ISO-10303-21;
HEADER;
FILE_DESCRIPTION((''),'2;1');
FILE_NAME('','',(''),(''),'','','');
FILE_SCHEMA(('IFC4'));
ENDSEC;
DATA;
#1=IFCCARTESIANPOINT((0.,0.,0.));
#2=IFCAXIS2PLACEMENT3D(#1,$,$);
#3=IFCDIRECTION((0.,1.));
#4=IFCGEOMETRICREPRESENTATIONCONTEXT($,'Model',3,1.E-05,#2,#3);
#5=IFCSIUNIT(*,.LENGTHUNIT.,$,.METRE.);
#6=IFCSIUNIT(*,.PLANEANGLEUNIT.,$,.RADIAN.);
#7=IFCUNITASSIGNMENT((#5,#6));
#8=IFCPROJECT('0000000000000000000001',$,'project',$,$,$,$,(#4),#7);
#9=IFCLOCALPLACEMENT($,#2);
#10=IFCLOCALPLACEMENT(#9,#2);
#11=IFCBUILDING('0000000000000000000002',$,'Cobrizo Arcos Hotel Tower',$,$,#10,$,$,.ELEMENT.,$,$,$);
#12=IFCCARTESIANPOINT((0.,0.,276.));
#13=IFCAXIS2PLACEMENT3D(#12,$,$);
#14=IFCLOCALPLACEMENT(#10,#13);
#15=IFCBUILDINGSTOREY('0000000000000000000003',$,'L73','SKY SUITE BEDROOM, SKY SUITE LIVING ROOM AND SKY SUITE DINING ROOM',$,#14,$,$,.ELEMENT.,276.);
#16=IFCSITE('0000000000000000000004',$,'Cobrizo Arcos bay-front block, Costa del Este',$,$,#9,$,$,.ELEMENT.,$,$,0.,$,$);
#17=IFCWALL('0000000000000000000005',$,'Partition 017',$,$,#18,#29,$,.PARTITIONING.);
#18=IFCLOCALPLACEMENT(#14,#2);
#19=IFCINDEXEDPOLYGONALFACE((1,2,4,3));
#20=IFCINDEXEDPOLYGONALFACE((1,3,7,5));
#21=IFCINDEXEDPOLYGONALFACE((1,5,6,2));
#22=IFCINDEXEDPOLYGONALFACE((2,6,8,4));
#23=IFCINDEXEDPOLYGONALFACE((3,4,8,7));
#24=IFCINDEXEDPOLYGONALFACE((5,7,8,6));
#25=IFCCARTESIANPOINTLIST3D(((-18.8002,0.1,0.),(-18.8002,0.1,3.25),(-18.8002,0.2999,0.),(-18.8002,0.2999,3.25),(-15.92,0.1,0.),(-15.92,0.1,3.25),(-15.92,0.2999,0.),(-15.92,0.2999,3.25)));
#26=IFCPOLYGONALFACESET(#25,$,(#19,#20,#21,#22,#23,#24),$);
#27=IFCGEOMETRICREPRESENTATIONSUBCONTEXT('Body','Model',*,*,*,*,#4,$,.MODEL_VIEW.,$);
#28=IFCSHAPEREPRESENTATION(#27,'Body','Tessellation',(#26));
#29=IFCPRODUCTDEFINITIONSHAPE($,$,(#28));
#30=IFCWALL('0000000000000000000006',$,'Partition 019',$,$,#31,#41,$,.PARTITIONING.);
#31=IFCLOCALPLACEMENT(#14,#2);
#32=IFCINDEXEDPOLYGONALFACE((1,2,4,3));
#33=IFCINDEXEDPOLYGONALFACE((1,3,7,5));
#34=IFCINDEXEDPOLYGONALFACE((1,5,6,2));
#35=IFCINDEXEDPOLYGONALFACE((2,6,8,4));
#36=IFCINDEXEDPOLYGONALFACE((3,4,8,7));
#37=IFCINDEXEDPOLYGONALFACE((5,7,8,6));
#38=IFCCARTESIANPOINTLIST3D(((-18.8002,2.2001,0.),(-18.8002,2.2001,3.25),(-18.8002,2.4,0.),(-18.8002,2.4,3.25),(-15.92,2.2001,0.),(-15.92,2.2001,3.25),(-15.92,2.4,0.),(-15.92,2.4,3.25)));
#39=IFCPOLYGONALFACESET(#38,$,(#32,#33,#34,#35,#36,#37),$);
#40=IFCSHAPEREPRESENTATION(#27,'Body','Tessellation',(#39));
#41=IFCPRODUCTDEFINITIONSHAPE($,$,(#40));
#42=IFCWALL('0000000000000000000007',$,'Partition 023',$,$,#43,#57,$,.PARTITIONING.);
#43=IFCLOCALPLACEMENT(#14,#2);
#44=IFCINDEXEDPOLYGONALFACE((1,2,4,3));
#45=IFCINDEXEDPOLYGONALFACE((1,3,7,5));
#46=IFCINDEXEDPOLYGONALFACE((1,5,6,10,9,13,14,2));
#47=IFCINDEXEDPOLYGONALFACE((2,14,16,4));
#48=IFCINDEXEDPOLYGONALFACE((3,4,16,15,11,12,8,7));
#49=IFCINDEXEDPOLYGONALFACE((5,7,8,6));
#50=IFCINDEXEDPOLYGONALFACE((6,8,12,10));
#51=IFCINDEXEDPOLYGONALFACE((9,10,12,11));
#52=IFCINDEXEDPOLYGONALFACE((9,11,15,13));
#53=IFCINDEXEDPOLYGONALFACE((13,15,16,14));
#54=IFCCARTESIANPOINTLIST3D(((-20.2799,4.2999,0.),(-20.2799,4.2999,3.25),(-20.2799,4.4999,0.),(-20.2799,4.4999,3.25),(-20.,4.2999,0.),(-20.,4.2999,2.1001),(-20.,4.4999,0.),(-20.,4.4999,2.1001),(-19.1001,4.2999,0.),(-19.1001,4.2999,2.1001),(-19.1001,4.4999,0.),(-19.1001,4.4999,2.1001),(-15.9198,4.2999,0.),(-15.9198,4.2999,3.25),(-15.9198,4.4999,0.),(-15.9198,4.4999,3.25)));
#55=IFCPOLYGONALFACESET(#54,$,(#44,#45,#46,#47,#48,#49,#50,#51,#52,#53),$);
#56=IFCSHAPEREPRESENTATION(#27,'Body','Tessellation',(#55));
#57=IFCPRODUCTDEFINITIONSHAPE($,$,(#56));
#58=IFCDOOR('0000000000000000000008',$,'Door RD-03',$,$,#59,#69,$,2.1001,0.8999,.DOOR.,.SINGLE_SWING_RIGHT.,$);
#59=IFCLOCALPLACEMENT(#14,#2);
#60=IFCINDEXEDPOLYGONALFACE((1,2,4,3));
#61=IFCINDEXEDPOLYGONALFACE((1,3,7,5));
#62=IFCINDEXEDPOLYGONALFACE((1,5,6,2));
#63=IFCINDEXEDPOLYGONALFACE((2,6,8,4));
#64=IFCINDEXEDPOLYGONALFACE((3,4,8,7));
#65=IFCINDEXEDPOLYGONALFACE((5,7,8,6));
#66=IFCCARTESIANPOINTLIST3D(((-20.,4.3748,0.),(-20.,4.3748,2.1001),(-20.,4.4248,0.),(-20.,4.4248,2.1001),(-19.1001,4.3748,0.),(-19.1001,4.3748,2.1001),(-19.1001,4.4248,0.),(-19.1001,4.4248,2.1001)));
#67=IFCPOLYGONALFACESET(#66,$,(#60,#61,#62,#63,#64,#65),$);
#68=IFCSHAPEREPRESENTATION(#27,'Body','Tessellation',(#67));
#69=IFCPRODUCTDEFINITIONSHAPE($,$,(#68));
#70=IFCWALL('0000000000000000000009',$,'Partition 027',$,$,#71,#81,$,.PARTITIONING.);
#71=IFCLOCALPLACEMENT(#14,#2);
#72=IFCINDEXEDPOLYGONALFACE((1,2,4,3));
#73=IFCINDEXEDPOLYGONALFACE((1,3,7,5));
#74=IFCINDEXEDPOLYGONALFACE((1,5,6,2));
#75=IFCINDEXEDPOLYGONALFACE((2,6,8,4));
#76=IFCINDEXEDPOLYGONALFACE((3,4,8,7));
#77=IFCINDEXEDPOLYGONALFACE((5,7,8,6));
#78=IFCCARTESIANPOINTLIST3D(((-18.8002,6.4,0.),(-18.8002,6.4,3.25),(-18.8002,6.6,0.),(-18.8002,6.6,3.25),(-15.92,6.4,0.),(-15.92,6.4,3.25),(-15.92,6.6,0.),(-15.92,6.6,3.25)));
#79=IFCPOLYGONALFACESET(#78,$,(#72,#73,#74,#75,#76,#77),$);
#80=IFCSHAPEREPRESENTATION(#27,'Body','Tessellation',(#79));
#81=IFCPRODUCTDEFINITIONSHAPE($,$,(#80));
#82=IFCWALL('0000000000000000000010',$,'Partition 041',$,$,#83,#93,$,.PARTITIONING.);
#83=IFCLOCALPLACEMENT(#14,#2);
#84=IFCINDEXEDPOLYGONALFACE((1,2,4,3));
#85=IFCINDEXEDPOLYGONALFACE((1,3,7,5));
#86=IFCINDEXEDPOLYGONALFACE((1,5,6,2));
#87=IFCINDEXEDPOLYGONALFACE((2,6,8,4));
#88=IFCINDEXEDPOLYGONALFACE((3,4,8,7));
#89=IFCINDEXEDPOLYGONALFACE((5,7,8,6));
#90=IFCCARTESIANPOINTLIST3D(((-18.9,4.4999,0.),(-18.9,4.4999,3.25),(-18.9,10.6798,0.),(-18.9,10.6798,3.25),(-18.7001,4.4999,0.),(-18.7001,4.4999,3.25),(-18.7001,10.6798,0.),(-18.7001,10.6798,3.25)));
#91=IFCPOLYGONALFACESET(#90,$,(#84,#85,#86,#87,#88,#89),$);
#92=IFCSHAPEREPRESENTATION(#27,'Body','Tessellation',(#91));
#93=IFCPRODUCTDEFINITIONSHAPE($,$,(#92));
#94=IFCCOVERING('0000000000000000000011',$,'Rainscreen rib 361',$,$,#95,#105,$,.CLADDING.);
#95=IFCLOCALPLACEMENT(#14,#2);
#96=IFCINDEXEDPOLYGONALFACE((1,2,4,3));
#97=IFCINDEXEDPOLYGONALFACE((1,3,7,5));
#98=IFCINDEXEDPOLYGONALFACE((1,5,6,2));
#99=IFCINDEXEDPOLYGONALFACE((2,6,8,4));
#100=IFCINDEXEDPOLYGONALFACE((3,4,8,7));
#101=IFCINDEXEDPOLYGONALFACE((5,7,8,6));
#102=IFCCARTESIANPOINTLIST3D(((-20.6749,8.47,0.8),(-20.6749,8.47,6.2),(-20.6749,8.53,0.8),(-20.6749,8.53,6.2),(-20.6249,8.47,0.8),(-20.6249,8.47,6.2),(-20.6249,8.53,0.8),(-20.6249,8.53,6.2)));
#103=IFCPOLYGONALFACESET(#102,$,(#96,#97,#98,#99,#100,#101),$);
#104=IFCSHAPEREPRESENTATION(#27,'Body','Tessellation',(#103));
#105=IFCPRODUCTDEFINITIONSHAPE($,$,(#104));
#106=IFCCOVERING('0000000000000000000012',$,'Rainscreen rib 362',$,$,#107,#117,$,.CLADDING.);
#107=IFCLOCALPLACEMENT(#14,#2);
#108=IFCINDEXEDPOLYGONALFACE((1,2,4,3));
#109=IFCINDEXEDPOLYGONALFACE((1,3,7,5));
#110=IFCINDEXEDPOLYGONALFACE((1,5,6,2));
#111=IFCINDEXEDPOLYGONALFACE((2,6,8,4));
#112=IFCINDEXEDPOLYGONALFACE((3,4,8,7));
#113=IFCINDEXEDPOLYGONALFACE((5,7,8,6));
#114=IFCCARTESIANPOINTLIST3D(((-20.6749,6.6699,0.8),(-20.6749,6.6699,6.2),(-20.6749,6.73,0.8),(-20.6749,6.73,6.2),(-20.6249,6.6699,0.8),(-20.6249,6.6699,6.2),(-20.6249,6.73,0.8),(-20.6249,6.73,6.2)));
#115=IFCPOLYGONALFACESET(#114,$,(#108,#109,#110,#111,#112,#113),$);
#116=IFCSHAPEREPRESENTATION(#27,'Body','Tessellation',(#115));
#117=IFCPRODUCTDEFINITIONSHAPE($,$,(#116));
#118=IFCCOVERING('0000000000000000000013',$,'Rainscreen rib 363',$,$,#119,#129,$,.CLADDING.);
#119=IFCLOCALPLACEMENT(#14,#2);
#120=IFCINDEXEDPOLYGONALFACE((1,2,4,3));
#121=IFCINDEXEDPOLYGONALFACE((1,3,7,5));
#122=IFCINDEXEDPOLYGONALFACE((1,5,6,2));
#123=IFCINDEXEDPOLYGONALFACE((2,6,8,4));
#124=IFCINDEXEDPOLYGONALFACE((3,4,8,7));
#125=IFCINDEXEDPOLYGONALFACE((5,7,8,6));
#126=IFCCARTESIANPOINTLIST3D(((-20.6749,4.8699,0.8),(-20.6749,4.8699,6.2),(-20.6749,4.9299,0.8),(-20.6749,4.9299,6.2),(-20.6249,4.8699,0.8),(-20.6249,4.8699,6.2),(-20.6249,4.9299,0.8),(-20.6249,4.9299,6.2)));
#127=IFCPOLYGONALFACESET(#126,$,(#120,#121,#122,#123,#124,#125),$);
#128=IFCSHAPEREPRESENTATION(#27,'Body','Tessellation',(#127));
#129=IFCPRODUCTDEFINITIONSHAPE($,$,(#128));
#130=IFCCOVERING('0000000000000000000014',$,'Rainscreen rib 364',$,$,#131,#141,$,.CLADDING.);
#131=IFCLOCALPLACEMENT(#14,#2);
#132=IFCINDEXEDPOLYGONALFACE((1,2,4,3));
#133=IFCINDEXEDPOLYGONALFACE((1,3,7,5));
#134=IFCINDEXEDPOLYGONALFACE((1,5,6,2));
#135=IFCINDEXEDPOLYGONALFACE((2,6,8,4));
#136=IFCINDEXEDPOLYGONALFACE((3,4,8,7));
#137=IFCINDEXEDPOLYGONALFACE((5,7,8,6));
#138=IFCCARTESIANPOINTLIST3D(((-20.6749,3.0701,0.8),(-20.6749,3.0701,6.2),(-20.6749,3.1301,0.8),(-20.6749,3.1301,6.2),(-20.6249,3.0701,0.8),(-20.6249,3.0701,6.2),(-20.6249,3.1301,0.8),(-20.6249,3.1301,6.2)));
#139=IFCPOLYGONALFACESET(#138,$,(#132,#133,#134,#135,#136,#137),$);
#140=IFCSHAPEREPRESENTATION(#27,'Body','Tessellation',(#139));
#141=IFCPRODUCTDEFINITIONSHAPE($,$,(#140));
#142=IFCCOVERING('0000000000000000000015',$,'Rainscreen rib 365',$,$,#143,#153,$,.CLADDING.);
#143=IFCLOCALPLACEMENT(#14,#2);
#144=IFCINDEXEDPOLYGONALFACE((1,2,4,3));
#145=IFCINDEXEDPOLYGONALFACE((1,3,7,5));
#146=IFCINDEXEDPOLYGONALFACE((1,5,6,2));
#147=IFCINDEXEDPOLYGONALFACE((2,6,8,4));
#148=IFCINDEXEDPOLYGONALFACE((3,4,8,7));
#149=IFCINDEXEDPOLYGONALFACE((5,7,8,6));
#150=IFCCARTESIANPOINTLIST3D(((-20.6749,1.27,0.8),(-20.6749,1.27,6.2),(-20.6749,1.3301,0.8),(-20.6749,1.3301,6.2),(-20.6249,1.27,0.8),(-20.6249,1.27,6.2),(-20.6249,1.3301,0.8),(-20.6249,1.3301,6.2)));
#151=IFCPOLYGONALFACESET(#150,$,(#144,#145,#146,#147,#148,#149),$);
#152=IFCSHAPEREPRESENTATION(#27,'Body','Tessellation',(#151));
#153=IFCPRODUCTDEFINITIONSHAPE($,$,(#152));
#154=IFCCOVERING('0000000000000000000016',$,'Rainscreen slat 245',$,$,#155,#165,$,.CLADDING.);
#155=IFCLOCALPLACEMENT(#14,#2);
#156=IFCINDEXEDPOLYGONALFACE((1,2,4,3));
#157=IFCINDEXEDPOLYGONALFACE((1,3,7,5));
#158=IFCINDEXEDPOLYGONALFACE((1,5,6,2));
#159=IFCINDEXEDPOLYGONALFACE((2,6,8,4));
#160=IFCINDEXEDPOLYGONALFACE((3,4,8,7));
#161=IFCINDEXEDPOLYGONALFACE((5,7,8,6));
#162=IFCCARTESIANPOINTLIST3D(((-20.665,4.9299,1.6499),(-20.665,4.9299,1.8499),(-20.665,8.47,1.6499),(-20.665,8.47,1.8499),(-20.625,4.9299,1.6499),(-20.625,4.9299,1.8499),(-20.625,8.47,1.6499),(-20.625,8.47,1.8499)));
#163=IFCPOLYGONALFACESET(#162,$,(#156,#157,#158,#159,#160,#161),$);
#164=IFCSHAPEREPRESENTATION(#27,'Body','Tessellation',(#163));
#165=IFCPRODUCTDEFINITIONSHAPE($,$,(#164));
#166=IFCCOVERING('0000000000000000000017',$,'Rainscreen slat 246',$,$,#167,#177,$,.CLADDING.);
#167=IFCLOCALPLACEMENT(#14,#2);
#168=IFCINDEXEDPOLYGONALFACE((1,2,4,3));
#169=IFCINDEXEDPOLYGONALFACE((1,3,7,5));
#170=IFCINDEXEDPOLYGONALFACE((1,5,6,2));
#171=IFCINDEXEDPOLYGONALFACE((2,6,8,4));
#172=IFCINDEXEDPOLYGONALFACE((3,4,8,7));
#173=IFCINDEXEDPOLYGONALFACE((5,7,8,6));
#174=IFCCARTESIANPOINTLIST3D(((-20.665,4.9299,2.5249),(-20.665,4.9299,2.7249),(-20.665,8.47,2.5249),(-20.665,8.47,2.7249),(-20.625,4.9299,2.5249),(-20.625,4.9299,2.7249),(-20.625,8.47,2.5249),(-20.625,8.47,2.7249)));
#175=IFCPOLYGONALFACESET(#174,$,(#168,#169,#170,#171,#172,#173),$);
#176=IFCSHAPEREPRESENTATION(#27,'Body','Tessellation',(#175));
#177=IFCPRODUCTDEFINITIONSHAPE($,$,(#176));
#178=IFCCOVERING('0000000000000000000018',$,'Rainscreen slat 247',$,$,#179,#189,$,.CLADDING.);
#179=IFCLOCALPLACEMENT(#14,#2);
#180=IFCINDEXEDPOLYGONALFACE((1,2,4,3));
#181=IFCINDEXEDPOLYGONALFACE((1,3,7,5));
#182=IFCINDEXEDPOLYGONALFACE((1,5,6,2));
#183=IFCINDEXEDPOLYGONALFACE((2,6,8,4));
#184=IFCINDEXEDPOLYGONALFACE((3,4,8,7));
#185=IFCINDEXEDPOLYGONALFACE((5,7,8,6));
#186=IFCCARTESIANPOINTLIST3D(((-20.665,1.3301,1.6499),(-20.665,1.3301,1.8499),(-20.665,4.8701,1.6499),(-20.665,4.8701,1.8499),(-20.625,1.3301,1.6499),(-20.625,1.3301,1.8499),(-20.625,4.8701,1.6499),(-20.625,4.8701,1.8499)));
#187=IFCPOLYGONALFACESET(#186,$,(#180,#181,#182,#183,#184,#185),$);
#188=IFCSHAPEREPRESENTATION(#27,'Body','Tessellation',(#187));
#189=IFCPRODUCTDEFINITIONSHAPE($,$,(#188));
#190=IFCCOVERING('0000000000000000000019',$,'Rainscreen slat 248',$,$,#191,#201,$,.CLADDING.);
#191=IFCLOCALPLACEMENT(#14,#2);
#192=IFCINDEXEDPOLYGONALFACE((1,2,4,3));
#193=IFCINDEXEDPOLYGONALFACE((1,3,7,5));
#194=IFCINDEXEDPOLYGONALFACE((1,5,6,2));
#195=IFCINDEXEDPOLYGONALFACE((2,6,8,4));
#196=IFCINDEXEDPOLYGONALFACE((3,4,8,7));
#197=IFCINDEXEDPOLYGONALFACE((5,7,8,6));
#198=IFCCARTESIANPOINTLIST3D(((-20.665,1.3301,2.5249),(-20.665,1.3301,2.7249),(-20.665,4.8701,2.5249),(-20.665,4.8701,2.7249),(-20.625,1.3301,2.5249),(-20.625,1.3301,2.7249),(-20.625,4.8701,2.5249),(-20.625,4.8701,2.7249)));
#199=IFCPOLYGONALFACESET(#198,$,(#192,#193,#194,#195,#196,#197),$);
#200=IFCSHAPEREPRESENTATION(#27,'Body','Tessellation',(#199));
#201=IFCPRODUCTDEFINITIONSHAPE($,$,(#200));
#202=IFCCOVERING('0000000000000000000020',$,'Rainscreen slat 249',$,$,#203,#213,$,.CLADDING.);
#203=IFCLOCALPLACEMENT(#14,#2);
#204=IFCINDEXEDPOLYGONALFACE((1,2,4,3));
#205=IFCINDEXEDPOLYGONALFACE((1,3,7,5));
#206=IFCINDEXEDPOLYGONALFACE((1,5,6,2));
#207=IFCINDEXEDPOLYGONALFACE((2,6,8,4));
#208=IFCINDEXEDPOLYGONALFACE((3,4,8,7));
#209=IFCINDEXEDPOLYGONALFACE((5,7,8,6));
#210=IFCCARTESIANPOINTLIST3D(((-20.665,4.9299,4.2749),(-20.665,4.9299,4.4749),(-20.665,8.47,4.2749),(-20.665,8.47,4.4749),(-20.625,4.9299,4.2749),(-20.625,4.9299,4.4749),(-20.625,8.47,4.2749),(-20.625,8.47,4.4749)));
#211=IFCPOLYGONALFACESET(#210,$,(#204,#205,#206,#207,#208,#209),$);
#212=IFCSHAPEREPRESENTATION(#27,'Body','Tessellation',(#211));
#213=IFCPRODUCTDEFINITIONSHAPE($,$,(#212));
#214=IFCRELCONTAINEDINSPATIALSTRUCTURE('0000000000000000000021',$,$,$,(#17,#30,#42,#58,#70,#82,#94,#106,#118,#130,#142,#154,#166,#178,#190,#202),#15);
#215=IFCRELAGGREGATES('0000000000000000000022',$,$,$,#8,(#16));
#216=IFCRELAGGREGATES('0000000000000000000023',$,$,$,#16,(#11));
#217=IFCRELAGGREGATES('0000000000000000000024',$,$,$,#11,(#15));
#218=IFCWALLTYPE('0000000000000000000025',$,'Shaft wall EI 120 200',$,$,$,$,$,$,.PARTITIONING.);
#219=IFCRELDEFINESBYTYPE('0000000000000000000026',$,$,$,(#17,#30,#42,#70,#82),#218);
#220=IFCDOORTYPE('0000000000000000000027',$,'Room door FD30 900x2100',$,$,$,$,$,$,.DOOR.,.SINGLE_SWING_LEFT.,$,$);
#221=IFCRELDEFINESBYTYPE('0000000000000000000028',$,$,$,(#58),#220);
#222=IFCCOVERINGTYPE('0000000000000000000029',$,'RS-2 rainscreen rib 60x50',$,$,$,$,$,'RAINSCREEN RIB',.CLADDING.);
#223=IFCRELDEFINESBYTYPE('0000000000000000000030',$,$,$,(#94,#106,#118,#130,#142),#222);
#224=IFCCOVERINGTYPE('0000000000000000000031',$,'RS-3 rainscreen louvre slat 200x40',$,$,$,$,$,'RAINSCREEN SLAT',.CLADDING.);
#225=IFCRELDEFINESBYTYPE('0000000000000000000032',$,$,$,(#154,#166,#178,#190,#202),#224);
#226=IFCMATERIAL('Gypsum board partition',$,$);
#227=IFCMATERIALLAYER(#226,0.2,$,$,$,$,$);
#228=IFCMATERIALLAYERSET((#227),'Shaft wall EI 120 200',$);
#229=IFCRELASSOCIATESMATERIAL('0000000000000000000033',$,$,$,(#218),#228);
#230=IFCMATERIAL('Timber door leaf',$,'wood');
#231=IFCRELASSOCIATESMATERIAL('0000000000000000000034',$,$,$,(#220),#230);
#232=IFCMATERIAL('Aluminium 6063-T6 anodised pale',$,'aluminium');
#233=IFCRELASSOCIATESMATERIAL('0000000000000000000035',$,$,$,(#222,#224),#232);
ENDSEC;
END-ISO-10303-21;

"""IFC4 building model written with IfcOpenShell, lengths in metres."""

from ifc_helpers import new_model, si_unit, direction, frame, frame_2d, origin, origin_2d, place, context, subcontext, project, spatial, rectangle, extrude, material, layer, layer_set, type_object, element, fill, save


model = new_model("IFC4")

# Units and contexts
model_context = context("Model", 3, precision=1e-05, world=origin(), true_north=direction((0.0, 1.0)))
body_context = subcontext(model_context, "Body", "Model", "MODEL_VIEW")
ifc_project = project(units=[si_unit("LENGTHUNIT", "METRE"), si_unit("PLANEANGLEUNIT", "RADIAN")], contexts=[model_context])

# Site, building, storey
site_placement = place(None, origin())
site = spatial("IfcSite", under=ifc_project, at=site_placement, Name="Cobrizo Arcos bay-front block, Costa del Este", CompositionType="ELEMENT", RefElevation=0.0)
building_placement = place(site_placement, origin())
building = spatial("IfcBuilding", under=site, at=building_placement, Name="Cobrizo Arcos Hotel Tower", CompositionType="ELEMENT")
storey_placement = place(building_placement, frame((0.0, 0.0, 276.0)))
storey = spatial("IfcBuildingStorey", under=building, at=storey_placement, Name="L73", Description="SKY SUITE BEDROOM, SKY SUITE LIVING ROOM AND SKY SUITE DINING ROOM", CompositionType="ELEMENT", Elevation=276.0)

# Walls
ifc_material_1 = material(Name="Gypsum board partition")
ifc_layer = layer(ifc_material_1, 0.2)
ifc_layer_set = layer_set([ifc_layer], Name="Shaft wall EI 120 200")
wall_type = type_object("IfcWallType", Name="Shaft wall EI 120 200", PredefinedType="PARTITIONING", material=ifc_layer_set)
for number, where, z_axis, x_axis, name in (
    (1, (-18.8, 0.2, 0.0), (0.0, 0.0, 1.0), (1.0, 0.0, 0.0), "Partition 017"),
    (2, (-18.8, 2.3, 0.0), (0.0, 0.0, 1.0), (1.0, 0.0, 0.0), "Partition 019"),
):
    element("IfcWall", number, at=place(storey_placement, frame(where, z_axis=z_axis, x_axis=x_axis)), inside=storey, type_object=wall_type, Name=name, PredefinedType="PARTITIONING", context=body_context, shape_type="SweptSolid", body=[
        extrude(rectangle(XDim=2.8801, YDim=0.2, at=frame_2d((1.4399, 0.0))), origin(), (0.0, 0.0, 1.0), 3.25),
    ])

# Wall, opening, door
wall_1_placement = place(storey_placement, frame((-20.28, 4.3999, 0.0), z_axis=(0.0, 0.0, 1.0), x_axis=(1.0, 0.0, 0.0)))
wall_1 = element("IfcWall", 3, at=wall_1_placement, inside=storey, type_object=wall_type, Name="Partition 023", PredefinedType="PARTITIONING", context=body_context, shape_type="SweptSolid", body=[
    extrude(rectangle(XDim=4.3601, YDim=0.2, at=frame_2d((2.1802, 0.0))), origin(), (0.0, 0.0, 1.0), 3.25),
])
opening_placement = place(wall_1_placement, frame((0.28, 0.0, 0.0)))
opening = element("IfcOpeningElement", 4, at=opening_placement, cuts=wall_1, PredefinedType="OPENING", context=body_context, shape_type="SweptSolid", body=[
    extrude(rectangle(XDim=0.8999, YDim=2.1001, at=frame_2d((0.45, 1.05))), frame((0.0, 0.1121, 0.0), z_axis=(0.0, -1.0, 0.0), x_axis=(1.0, 0.0, 0.0)), (0.0, 0.0, 1.0), 0.2239),
])
ifc_material_2 = material(Name="Timber door leaf", Category="wood")
door_type = type_object("IfcDoorType", Name="Room door FD30 900x2100", OperationType="SINGLE_SWING_LEFT", PredefinedType="DOOR", material=ifc_material_2)
door_placement = place(opening_placement, origin())
door = element("IfcDoor", 5, at=door_placement, inside=storey, type_object=door_type, Name="Door RD-03", OperationType="SINGLE_SWING_RIGHT", OverallHeight=2.1001, OverallWidth=0.8999, PredefinedType="DOOR", context=body_context, shape_type="SweptSolid", body=[
    extrude(rectangle(XDim=0.8999, YDim=2.1001, at=frame_2d((0.45, 1.05))), frame((0.0, 0.0249, 0.0), z_axis=(0.0, -1.0, 0.0), x_axis=(1.0, 0.0, 0.0)), (0.0, 0.0, 1.0), 0.05),
])
fill(opening, door)

# Walls
wall_2_placement = place(storey_placement, frame((-18.8, 6.5, 0.0), z_axis=(0.0, 0.0, 1.0), x_axis=(1.0, 0.0, 0.0)))
element("IfcWall", 6, at=wall_2_placement, inside=storey, type_object=wall_type, Name="Partition 027", PredefinedType="PARTITIONING", context=body_context, shape_type="SweptSolid", body=[
    extrude(rectangle(XDim=2.8801, YDim=0.2, at=frame_2d((1.4399, 0.0))), origin(), (0.0, 0.0, 1.0), 3.25),
])
wall_3_placement = place(storey_placement, frame((-18.8, 4.5, 0.0), z_axis=(0.0, 0.0, 1.0), x_axis=(0.0, 1.0, 0.0)))
element("IfcWall", 7, at=wall_3_placement, inside=storey, type_object=wall_type, Name="Partition 041", PredefinedType="PARTITIONING", context=body_context, shape_type="SweptSolid", body=[
    extrude(rectangle(XDim=6.1799, YDim=0.2, at=frame_2d((3.0898, 0.0))), origin(), (0.0, 0.0, 1.0), 3.25),
])

# Coverings
ifc_material_3 = material(Name="Aluminium 6063-T6 anodised pale", Category="aluminium")
covering_type_1 = type_object("IfcCoveringType", Name="RS-2 rainscreen rib 60x50", ElementType="RAINSCREEN RIB", PredefinedType="CLADDING", material=ifc_material_3)
for number, where, z_axis, x_axis, name in (
    (8, (-20.6499, 8.5, 0.8), (0.0, 0.0, 1.0), (0.0, -1.0, 0.0), "Rainscreen rib 361"),
    (9, (-20.6499, 6.7, 0.8), (0.0, 0.0, 1.0), (0.0, -1.0, 0.0), "Rainscreen rib 362"),
    (10, (-20.6499, 4.8999, 0.8), (0.0, 0.0, 1.0), (0.0, -1.0, 0.0), "Rainscreen rib 363"),
    (11, (-20.6499, 3.1001, 0.8), (0.0, 0.0, 1.0), (0.0, -1.0, 0.0), "Rainscreen rib 364"),
    (12, (-20.6499, 1.3, 0.8), (0.0, 0.0, 1.0), (0.0, -1.0, 0.0), "Rainscreen rib 365"),
):
    element("IfcCovering", number, at=place(storey_placement, frame(where, z_axis=z_axis, x_axis=x_axis)), inside=storey, type_object=covering_type_1, Name=name, PredefinedType="CLADDING", context=body_context, shape_type="SweptSolid", body=[
        extrude(rectangle(XDim=0.0601, YDim=0.05, at=origin_2d()), origin(), (0.0, 0.0, 1.0), 5.3999),
    ])
covering_type_2 = type_object("IfcCoveringType", Name="RS-3 rainscreen louvre slat 200x40", ElementType="RAINSCREEN SLAT", PredefinedType="CLADDING", material=ifc_material_3)
for number, where, z_axis, x_axis, name in (
    (13, (-20.645, 6.7, 1.6499), (0.0, 0.0, 1.0), (0.0, -1.0, 0.0), "Rainscreen slat 245"),
    (14, (-20.645, 6.7, 2.5249), (0.0, 0.0, 1.0), (0.0, -1.0, 0.0), "Rainscreen slat 246"),
    (15, (-20.645, 3.1001, 1.6499), (0.0, 0.0, 1.0), (0.0, -1.0, 0.0), "Rainscreen slat 247"),
    (16, (-20.645, 3.1001, 2.5249), (0.0, 0.0, 1.0), (0.0, -1.0, 0.0), "Rainscreen slat 248"),
    (17, (-20.645, 6.7, 4.2749), (0.0, 0.0, 1.0), (0.0, -1.0, 0.0), "Rainscreen slat 249"),
):
    element("IfcCovering", number, at=place(storey_placement, frame(where, z_axis=z_axis, x_axis=x_axis)), inside=storey, type_object=covering_type_2, Name=name, PredefinedType="CLADDING", context=body_context, shape_type="SweptSolid", body=[
        extrude(rectangle(XDim=3.54, YDim=0.04, at=origin_2d()), origin(), (0.0, 0.0, 1.0), 0.2),
    ])

save(model, "model.ifc")
